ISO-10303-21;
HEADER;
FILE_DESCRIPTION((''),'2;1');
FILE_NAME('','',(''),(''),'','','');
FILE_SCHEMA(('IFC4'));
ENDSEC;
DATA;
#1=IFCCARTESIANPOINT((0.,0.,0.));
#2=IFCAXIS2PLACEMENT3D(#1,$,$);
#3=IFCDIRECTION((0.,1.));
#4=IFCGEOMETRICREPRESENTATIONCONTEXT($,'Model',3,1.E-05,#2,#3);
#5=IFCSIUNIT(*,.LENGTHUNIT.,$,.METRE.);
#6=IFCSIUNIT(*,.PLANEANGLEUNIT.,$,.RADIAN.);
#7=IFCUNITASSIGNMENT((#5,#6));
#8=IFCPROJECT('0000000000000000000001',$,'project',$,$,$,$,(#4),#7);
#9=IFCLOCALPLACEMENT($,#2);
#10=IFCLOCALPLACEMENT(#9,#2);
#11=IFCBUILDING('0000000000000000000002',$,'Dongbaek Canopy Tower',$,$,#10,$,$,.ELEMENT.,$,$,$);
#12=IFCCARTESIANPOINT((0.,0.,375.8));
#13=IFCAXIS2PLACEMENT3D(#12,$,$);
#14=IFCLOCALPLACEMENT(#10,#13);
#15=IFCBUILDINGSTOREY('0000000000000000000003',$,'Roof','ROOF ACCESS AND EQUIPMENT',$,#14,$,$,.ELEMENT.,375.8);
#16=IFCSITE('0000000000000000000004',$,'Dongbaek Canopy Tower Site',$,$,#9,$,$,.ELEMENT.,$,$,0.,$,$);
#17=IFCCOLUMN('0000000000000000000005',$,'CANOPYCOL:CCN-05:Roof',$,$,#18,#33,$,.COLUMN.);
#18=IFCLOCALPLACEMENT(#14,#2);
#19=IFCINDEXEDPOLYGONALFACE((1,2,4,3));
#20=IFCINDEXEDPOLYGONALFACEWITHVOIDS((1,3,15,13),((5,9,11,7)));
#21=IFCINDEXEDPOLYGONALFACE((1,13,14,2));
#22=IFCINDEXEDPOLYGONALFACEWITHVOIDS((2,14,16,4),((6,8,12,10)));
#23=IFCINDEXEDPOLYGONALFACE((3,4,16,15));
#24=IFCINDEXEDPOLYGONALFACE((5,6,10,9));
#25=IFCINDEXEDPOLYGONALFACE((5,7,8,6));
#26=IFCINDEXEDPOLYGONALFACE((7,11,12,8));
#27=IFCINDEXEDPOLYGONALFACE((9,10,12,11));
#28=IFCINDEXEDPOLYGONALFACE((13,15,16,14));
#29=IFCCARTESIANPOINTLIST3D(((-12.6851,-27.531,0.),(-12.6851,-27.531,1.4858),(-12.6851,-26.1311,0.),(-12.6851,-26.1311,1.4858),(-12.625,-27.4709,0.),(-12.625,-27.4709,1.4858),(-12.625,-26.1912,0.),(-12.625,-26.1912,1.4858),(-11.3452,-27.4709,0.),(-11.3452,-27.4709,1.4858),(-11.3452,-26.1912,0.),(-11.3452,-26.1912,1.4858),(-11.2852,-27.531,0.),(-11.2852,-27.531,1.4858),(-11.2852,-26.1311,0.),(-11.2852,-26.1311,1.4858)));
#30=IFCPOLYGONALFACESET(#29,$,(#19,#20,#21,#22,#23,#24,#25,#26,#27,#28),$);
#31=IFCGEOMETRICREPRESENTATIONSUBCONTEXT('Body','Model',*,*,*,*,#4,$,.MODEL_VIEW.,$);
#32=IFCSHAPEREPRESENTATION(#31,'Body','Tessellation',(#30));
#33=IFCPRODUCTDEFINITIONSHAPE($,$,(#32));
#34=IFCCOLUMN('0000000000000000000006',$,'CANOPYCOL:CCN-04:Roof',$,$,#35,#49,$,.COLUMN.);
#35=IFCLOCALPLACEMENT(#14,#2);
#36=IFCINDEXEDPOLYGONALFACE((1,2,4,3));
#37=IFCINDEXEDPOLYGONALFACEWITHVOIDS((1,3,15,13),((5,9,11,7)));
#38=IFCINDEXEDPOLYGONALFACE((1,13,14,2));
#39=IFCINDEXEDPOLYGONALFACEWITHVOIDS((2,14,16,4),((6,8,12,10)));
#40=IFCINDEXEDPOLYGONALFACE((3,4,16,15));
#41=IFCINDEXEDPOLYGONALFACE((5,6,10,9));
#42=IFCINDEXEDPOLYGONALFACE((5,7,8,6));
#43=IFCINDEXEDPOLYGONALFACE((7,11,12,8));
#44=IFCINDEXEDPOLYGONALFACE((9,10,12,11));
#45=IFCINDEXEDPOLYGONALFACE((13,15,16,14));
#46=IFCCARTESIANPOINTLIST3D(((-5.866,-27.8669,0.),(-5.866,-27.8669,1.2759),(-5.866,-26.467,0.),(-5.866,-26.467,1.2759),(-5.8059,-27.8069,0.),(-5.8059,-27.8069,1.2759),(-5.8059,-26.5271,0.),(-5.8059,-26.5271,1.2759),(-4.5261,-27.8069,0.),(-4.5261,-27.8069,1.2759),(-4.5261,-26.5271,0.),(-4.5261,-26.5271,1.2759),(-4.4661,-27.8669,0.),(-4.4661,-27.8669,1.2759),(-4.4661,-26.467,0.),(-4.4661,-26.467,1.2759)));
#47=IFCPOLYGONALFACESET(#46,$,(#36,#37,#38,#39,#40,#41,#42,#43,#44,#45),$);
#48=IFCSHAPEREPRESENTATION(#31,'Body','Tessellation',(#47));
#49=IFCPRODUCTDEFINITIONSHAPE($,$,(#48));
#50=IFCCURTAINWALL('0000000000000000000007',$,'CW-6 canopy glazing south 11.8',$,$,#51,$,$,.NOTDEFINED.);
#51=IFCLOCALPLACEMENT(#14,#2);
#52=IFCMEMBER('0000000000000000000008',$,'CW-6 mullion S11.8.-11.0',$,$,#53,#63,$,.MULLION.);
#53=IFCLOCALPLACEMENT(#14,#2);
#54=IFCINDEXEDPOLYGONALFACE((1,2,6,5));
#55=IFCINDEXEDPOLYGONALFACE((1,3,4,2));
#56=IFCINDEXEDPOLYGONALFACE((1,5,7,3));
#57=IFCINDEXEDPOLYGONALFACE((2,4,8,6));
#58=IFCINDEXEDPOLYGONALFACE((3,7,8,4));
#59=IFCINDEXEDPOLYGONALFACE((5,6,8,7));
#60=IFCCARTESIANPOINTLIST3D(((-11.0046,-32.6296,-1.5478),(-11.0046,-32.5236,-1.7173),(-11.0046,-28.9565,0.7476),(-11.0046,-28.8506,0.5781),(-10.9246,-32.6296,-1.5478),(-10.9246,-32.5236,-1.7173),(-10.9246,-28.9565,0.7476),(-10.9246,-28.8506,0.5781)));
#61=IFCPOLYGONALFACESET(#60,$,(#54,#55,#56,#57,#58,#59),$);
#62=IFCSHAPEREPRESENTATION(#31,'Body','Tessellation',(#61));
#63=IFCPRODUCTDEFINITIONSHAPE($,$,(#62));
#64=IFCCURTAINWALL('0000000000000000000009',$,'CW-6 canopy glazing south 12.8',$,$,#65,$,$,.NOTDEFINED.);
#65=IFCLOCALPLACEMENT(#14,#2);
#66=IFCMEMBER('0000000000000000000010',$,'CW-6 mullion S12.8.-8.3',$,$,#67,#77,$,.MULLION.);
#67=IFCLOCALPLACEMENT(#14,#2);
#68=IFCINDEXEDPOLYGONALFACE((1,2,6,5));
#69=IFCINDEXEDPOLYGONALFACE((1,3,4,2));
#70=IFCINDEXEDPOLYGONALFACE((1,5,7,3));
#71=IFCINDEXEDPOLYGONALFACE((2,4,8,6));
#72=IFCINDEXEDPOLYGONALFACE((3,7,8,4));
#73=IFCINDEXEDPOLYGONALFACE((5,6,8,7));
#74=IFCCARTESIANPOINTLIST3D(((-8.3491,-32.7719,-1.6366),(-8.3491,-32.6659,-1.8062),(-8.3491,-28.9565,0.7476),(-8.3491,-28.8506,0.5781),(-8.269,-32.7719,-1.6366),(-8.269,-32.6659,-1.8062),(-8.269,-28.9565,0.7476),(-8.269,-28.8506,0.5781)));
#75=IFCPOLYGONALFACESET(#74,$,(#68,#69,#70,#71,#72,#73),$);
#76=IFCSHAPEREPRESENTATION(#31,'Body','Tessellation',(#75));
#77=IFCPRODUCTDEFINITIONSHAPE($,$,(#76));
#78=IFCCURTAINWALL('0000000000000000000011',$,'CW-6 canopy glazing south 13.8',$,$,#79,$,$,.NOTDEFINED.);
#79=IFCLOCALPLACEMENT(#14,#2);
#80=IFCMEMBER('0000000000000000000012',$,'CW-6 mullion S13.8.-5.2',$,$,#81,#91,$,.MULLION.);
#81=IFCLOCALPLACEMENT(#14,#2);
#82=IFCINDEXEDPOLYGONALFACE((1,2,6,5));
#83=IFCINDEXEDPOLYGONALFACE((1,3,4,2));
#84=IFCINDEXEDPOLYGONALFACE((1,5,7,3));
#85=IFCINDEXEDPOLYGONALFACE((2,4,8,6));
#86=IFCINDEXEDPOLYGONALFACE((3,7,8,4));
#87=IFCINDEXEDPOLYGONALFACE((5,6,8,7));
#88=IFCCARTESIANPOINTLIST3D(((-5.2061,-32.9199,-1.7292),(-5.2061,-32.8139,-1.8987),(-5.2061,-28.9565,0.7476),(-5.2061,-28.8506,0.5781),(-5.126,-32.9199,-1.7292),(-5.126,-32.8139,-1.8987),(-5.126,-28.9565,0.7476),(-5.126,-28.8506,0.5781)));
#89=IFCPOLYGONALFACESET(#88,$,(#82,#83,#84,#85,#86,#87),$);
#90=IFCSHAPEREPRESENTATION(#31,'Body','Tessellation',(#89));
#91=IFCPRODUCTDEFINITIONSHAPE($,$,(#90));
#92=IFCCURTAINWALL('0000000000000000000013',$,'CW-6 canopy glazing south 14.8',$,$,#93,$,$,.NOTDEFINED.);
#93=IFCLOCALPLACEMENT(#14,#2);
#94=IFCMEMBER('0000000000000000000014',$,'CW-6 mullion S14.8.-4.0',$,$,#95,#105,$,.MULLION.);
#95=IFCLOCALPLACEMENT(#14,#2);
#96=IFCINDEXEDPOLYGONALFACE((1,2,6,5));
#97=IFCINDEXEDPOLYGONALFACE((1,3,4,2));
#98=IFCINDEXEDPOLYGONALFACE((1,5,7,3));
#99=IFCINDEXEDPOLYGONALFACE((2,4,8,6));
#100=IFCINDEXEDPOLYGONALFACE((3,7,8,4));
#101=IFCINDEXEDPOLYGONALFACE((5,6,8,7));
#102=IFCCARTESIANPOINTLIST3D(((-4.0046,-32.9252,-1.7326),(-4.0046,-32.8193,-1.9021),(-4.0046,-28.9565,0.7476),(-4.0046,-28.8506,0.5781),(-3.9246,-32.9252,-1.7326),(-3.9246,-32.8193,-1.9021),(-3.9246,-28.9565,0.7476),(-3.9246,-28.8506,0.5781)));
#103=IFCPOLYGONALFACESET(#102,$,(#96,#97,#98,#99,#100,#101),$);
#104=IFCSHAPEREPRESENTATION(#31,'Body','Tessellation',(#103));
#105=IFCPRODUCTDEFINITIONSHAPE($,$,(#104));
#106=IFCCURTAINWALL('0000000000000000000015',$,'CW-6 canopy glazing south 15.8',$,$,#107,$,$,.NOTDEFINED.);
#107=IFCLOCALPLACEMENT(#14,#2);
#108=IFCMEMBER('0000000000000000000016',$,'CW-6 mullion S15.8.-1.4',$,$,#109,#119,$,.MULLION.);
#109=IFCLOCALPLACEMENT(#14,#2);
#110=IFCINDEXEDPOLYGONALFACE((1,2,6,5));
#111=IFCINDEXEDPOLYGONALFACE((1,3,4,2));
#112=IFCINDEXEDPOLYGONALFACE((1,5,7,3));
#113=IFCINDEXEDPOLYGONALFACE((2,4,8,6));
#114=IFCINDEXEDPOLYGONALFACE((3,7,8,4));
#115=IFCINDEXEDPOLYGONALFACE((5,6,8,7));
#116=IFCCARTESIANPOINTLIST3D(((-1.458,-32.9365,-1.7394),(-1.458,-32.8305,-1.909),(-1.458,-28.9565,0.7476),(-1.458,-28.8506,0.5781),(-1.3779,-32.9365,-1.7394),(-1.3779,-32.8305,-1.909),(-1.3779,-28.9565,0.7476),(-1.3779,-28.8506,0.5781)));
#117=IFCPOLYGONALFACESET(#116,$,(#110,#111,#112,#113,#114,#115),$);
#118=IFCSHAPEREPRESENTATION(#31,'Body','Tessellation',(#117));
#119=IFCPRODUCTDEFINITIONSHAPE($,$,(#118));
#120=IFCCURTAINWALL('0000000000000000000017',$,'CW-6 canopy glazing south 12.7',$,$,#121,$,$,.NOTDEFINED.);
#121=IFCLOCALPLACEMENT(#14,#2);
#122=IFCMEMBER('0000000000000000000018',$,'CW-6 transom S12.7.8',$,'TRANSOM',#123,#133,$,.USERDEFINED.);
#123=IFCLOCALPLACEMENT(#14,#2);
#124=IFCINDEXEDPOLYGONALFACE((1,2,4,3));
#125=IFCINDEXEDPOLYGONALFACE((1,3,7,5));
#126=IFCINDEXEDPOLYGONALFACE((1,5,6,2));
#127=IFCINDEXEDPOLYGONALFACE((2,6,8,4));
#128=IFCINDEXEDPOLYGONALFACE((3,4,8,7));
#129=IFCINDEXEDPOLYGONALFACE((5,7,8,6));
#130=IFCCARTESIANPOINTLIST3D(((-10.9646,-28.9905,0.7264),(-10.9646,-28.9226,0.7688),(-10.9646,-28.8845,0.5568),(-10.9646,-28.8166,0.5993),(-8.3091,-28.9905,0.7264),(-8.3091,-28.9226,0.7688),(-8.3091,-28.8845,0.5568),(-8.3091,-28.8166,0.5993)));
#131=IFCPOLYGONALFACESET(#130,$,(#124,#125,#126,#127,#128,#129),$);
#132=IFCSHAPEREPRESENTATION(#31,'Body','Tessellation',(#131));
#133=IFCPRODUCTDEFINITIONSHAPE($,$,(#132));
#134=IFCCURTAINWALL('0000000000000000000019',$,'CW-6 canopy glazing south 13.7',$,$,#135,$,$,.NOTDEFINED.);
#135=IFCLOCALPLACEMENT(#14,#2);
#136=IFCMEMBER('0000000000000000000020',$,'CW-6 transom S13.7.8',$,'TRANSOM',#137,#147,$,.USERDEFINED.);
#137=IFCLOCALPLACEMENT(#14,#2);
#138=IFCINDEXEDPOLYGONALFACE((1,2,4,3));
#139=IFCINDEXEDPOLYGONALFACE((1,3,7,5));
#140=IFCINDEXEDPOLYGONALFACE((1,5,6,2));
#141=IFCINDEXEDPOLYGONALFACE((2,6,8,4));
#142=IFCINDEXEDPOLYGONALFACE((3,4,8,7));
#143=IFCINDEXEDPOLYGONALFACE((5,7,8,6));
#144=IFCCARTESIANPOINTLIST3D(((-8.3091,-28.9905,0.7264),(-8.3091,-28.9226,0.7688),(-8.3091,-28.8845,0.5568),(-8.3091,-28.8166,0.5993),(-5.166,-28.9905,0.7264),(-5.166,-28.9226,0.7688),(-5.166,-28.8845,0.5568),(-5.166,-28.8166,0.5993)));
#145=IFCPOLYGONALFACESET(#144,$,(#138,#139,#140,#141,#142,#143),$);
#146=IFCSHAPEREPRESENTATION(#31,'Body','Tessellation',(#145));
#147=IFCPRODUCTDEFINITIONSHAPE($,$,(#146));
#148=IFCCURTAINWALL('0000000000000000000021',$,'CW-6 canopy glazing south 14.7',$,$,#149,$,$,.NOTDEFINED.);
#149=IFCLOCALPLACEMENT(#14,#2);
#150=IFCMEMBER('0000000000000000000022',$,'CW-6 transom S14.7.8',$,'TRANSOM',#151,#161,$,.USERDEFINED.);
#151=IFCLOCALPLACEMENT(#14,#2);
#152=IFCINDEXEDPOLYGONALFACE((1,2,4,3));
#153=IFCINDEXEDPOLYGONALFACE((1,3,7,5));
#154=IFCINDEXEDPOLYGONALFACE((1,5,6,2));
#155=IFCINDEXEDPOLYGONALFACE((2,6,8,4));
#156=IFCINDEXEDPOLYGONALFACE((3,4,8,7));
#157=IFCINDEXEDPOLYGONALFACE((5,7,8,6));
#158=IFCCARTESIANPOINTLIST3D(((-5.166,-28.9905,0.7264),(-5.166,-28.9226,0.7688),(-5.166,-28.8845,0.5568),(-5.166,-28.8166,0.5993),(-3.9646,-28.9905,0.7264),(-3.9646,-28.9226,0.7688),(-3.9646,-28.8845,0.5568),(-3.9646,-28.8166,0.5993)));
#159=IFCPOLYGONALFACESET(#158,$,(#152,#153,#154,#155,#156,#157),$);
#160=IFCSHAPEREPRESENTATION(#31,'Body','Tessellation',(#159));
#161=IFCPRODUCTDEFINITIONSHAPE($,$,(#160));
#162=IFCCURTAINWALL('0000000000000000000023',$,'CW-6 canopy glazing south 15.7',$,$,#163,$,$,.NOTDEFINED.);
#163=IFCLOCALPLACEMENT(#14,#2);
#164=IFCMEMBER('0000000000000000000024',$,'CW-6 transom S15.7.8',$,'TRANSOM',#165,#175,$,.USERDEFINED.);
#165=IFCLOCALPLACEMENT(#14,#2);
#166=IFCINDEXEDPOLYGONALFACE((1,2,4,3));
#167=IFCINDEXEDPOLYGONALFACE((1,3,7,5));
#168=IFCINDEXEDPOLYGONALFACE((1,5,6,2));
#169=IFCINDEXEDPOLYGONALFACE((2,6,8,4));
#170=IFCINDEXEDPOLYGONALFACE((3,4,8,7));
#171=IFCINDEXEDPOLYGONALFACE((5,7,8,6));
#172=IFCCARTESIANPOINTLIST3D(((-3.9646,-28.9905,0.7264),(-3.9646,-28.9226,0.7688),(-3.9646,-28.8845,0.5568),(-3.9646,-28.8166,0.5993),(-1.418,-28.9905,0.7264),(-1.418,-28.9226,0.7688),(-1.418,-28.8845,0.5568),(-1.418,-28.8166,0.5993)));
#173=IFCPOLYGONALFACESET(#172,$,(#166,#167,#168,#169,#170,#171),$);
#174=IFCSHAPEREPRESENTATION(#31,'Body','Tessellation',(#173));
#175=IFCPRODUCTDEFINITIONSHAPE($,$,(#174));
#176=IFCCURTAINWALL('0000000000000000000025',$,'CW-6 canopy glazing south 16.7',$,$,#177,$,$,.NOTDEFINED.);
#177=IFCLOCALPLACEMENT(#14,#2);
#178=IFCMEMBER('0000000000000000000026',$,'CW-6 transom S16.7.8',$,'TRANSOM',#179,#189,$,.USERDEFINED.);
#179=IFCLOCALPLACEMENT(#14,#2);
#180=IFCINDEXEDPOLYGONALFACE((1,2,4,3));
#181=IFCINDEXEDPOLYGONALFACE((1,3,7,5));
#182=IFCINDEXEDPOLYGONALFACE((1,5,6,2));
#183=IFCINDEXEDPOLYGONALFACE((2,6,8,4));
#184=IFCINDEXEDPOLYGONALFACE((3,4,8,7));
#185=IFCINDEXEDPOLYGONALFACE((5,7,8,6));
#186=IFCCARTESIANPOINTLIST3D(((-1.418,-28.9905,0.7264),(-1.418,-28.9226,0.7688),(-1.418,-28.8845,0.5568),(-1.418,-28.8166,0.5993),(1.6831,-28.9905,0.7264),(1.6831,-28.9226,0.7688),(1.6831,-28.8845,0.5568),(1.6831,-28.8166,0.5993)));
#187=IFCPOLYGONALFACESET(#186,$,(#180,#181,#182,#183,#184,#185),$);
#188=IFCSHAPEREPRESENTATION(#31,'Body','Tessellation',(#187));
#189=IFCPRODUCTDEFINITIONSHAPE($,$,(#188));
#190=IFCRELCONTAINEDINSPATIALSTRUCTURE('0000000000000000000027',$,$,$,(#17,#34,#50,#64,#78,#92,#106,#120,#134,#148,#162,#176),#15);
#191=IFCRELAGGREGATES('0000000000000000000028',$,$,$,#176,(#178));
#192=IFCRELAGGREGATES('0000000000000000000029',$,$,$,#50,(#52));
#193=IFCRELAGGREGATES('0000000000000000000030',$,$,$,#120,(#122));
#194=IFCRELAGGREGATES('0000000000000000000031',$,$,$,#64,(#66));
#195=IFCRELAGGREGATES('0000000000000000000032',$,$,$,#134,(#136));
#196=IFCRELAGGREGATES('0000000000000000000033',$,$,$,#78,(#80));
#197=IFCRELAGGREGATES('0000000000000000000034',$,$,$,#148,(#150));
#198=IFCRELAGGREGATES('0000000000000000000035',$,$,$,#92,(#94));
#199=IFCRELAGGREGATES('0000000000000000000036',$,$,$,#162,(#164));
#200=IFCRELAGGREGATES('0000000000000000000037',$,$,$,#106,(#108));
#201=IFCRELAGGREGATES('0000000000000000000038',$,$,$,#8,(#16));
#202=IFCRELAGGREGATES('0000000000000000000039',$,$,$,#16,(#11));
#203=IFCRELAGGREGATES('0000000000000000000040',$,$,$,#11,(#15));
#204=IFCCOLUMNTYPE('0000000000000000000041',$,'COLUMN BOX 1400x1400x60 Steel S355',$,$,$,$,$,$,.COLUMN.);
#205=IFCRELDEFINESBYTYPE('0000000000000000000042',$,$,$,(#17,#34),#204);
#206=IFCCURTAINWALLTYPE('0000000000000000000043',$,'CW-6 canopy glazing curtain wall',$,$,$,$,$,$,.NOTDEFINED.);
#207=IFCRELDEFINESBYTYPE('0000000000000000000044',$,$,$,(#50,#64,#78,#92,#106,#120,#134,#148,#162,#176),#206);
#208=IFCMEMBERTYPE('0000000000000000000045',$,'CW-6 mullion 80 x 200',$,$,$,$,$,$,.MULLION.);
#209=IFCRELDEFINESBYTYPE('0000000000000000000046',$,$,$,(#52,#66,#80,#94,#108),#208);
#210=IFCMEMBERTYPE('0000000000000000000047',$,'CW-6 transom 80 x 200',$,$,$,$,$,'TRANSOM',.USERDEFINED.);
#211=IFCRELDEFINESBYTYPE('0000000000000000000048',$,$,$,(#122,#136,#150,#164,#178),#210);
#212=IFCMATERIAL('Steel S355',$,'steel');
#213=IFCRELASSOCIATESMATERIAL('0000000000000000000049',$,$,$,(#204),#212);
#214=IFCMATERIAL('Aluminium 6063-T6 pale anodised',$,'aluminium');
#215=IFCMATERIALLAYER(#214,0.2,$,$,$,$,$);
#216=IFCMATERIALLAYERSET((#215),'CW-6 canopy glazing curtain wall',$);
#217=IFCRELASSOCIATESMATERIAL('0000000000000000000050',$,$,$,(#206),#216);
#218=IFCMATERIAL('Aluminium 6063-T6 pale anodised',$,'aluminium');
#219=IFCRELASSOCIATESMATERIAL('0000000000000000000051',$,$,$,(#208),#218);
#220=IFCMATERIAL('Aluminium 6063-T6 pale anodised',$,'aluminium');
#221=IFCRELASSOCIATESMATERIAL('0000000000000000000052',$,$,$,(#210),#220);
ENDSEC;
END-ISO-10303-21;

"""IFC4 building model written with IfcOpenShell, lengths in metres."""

from ifc_helpers import new_model, si_unit, direction, frame, origin, origin_2d, place, context, subcontext, project, spatial, rectangle, hollow_rectangle, extrude, material, layer, layer_set, material_profile, profile_set, type_object, element, aggregate, save


model = new_model("IFC4")

# Units and contexts
model_context = context("Model", 3, precision=1e-05, world=origin(), true_north=direction((0.0, 1.0)))
body_context = subcontext(model_context, "Body", "Model", "MODEL_VIEW")
ifc_project = project(units=[si_unit("LENGTHUNIT", "METRE"), si_unit("PLANEANGLEUNIT", "RADIAN")], contexts=[model_context])

# Site, building, storey
site_placement = place(None, origin())
site = spatial("IfcSite", under=ifc_project, at=site_placement, Name="Dongbaek Canopy Tower Site", CompositionType="ELEMENT", RefElevation=0.0)
building_placement = place(site_placement, origin())
building = spatial("IfcBuilding", under=site, at=building_placement, Name="Dongbaek Canopy Tower", CompositionType="ELEMENT")
storey_placement = place(building_placement, frame((0.0, 0.0, 375.8)))
storey = spatial("IfcBuildingStorey", under=building, at=storey_placement, Name="Roof", Description="ROOF ACCESS AND EQUIPMENT", CompositionType="ELEMENT", Elevation=375.8)

# Columns
ifc_material_1 = material(Name="Steel S355", Category="steel")
ifc_material_profile_1 = material_profile(ifc_material_1, hollow_rectangle(XDim=1.3999, YDim=1.3999, WallThickness=0.0601, at=origin_2d()), Name="COLUMN BOX 1400x1400x60 Steel S355")
ifc_profile_set_1 = profile_set([ifc_material_profile_1], Name="Steel S355")
column_type = type_object("IfcColumnType", Name="COLUMN BOX 1400x1400x60 Steel S355", PredefinedType="COLUMN", material=ifc_profile_set_1)
column_1_placement = place(storey_placement, frame((-11.9851, -26.8311, 0.0), z_axis=(0.0, 0.0, 1.0), x_axis=(1.0, 0.0, 0.0)))
element("IfcColumn", 1, at=column_1_placement, inside=storey, type_object=column_type, Name="CANOPYCOL:CCN-05:Roof", PredefinedType="COLUMN", context=body_context, shape_type="SweptSolid", body=[
    extrude(hollow_rectangle(XDim=1.3999, YDim=1.3999, WallThickness=0.0601, at=origin_2d()), origin(), (0.0, 0.0, 1.0), 1.4858),
])
column_2_placement = place(storey_placement, frame((-5.166, -27.167, 0.0), z_axis=(0.0, 0.0, 1.0), x_axis=(1.0, 0.0, 0.0)))
element("IfcColumn", 2, at=column_2_placement, inside=storey, type_object=column_type, Name="CANOPYCOL:CCN-04:Roof", PredefinedType="COLUMN", context=body_context, shape_type="SweptSolid", body=[
    extrude(hollow_rectangle(XDim=1.3999, YDim=1.3999, WallThickness=0.0601, at=origin_2d()), origin(), (0.0, 0.0, 1.0), 1.2759),
])

# Curtain walls, members
ifc_material_2 = material(Name="Aluminium 6063-T6 pale anodised", Category="aluminium")
ifc_layer_1 = layer(ifc_material_2, 0.2)
ifc_layer_set_1 = layer_set([ifc_layer_1], Name="CW-6 canopy glazing curtain wall")
curtain_wall_type = type_object("IfcCurtainWallType", Name="CW-6 canopy glazing curtain wall", PredefinedType="NOTDEFINED", material=ifc_layer_set_1)
curtain_wall_1_placement = place(storey_placement, origin())
curtain_wall_1 = element("IfcCurtainWall", 3, at=curtain_wall_1_placement, inside=storey, type_object=curtain_wall_type, Name="CW-6 canopy glazing south 11.8", PredefinedType="NOTDEFINED")
ifc_material_3 = material(Name="Aluminium 6063-T6 pale anodised", Category="aluminium")
ifc_material_profile_2 = material_profile(ifc_material_3, rectangle(XDim=0.0801, YDim=0.2, at=origin_2d()), Name="CW-6 mullion 80 x 200")
ifc_profile_set_2 = profile_set([ifc_material_profile_2], Name="Aluminium 6063-T6 pale anodised")
member_type_1 = type_object("IfcMemberType", Name="CW-6 mullion 80 x 200", PredefinedType="MULLION", material=ifc_profile_set_2)
member_1_placement = place(storey_placement, frame((-10.9646, -28.9036, 0.6628), z_axis=(0.0, -0.848027, -0.529953), x_axis=(1.0, 0.0, 0.0)))
member_1 = element("IfcMember", 4, at=member_1_placement, type_object=member_type_1, Name="CW-6 mullion S11.8.-11.0", PredefinedType="MULLION", context=body_context, shape_type="SweptSolid", body=[
    extrude(rectangle(XDim=0.0801, YDim=0.2, at=origin_2d()), origin(), (0.0, 0.0, 1.0), 4.3313),
])
curtain_wall_2_placement = place(storey_placement, origin())
curtain_wall_2 = element("IfcCurtainWall", 5, at=curtain_wall_2_placement, inside=storey, type_object=curtain_wall_type, Name="CW-6 canopy glazing south 12.8", PredefinedType="NOTDEFINED")
member_2_placement = place(storey_placement, frame((-8.3091, -28.9036, 0.6628), z_axis=(0.0, -0.848035, -0.52994), x_axis=(1.0, 0.0, 0.0)))
member_2 = element("IfcMember", 6, at=member_2_placement, type_object=member_type_1, Name="CW-6 mullion S12.8.-8.3", PredefinedType="MULLION", context=body_context, shape_type="SweptSolid", body=[
    extrude(rectangle(XDim=0.0801, YDim=0.2, at=origin_2d()), origin(), (0.0, 0.0, 1.0), 4.499),
])
curtain_wall_3_placement = place(storey_placement, origin())
curtain_wall_3 = element("IfcCurtainWall", 7, at=curtain_wall_3_placement, inside=storey, type_object=curtain_wall_type, Name="CW-6 canopy glazing south 13.8", PredefinedType="NOTDEFINED")
member_3_placement = place(storey_placement, frame((-5.166, -28.9036, 0.6628), z_axis=(0.0, -0.848028, -0.529952), x_axis=(1.0, 0.0, 0.0)))
member_3 = element("IfcMember", 8, at=member_3_placement, type_object=member_type_1, Name="CW-6 mullion S13.8.-5.2", PredefinedType="MULLION", context=body_context, shape_type="SweptSolid", body=[
    extrude(rectangle(XDim=0.0801, YDim=0.2, at=origin_2d()), origin(), (0.0, 0.0, 1.0), 4.6736),
])
curtain_wall_4_placement = place(storey_placement, origin())
curtain_wall_4 = element("IfcCurtainWall", 9, at=curtain_wall_4_placement, inside=storey, type_object=curtain_wall_type, Name="CW-6 canopy glazing south 14.8", PredefinedType="NOTDEFINED")
member_4_placement = place(storey_placement, frame((-3.9646, -28.9036, 0.6628), z_axis=(0.0, -0.848022, -0.529961), x_axis=(1.0, 0.0, 0.0)))
member_4 = element("IfcMember", 10, at=member_4_placement, type_object=member_type_1, Name="CW-6 mullion S14.8.-4.0", PredefinedType="MULLION", context=body_context, shape_type="SweptSolid", body=[
    extrude(rectangle(XDim=0.0801, YDim=0.2, at=origin_2d()), origin(), (0.0, 0.0, 1.0), 4.6799),
])
curtain_wall_5_placement = place(storey_placement, origin())
curtain_wall_5 = element("IfcCurtainWall", 11, at=curtain_wall_5_placement, inside=storey, type_object=curtain_wall_type, Name="CW-6 canopy glazing south 15.8", PredefinedType="NOTDEFINED")
member_5_placement = place(storey_placement, frame((-1.418, -28.9036, 0.6628), z_axis=(0.0, -0.848039, -0.529933), x_axis=(1.0, 0.0, 0.0)))
member_5 = element("IfcMember", 12, at=member_5_placement, type_object=member_type_1, Name="CW-6 mullion S15.8.-1.4", PredefinedType="MULLION", context=body_context, shape_type="SweptSolid", body=[
    extrude(rectangle(XDim=0.0801, YDim=0.2, at=origin_2d()), origin(), (0.0, 0.0, 1.0), 4.6931),
])
curtain_wall_6_placement = place(storey_placement, origin())
curtain_wall_6 = element("IfcCurtainWall", 13, at=curtain_wall_6_placement, inside=storey, type_object=curtain_wall_type, Name="CW-6 canopy glazing south 12.7", PredefinedType="NOTDEFINED")
ifc_material_4 = material(Name="Aluminium 6063-T6 pale anodised", Category="aluminium")
ifc_material_profile_3 = material_profile(ifc_material_4, rectangle(XDim=0.0801, YDim=0.2, at=origin_2d()), Name="CW-6 transom 80 x 200")
ifc_profile_set_3 = profile_set([ifc_material_profile_3], Name="Aluminium 6063-T6 pale anodised")
member_type_2 = type_object("IfcMemberType", Name="CW-6 transom 80 x 200", ElementType="TRANSOM", PredefinedType="USERDEFINED", material=ifc_profile_set_3)
member_6_placement = place(storey_placement, frame((-10.9646, -28.9036, 0.6628), z_axis=(1.0, 0.0, 0.0), x_axis=(0.0, 0.848048, 0.529919)))
member_6 = element("IfcMember", 14, at=member_6_placement, type_object=member_type_2, Name="CW-6 transom S12.7.8", ObjectType="TRANSOM", PredefinedType="USERDEFINED", context=body_context, shape_type="SweptSolid", body=[
    extrude(rectangle(XDim=0.0801, YDim=0.2, at=origin_2d()), origin(), (0.0, 0.0, 1.0), 2.6555),
])
curtain_wall_7_placement = place(storey_placement, origin())
curtain_wall_7 = element("IfcCurtainWall", 15, at=curtain_wall_7_placement, inside=storey, type_object=curtain_wall_type, Name="CW-6 canopy glazing south 13.7", PredefinedType="NOTDEFINED")
member_7_placement = place(storey_placement, frame((-8.3091, -28.9036, 0.6628), z_axis=(1.0, 0.0, 0.0), x_axis=(0.0, 0.848048, 0.529919)))
member_7 = element("IfcMember", 16, at=member_7_placement, type_object=member_type_2, Name="CW-6 transom S13.7.8", ObjectType="TRANSOM", PredefinedType="USERDEFINED", context=body_context, shape_type="SweptSolid", body=[
    extrude(rectangle(XDim=0.0801, YDim=0.2, at=origin_2d()), origin(), (0.0, 0.0, 1.0), 3.1431),
])
curtain_wall_8_placement = place(storey_placement, origin())
curtain_wall_8 = element("IfcCurtainWall", 17, at=curtain_wall_8_placement, inside=storey, type_object=curtain_wall_type, Name="CW-6 canopy glazing south 14.7", PredefinedType="NOTDEFINED")
member_8_placement = place(storey_placement, frame((-5.166, -28.9036, 0.6628), z_axis=(1.0, 0.0, 0.0), x_axis=(0.0, 0.848048, 0.529919)))
member_8 = element("IfcMember", 18, at=member_8_placement, type_object=member_type_2, Name="CW-6 transom S14.7.8", ObjectType="TRANSOM", PredefinedType="USERDEFINED", context=body_context, shape_type="SweptSolid", body=[
    extrude(rectangle(XDim=0.0801, YDim=0.2, at=origin_2d()), origin(), (0.0, 0.0, 1.0), 1.2014),
])
curtain_wall_9_placement = place(storey_placement, origin())
curtain_wall_9 = element("IfcCurtainWall", 19, at=curtain_wall_9_placement, inside=storey, type_object=curtain_wall_type, Name="CW-6 canopy glazing south 15.7", PredefinedType="NOTDEFINED")
member_9_placement = place(storey_placement, frame((-3.9646, -28.9036, 0.6628), z_axis=(1.0, 0.0, 0.0), x_axis=(0.0, 0.848048, 0.529919)))
member_9 = element("IfcMember", 20, at=member_9_placement, type_object=member_type_2, Name="CW-6 transom S15.7.8", ObjectType="TRANSOM", PredefinedType="USERDEFINED", context=body_context, shape_type="SweptSolid", body=[
    extrude(rectangle(XDim=0.0801, YDim=0.2, at=origin_2d()), origin(), (0.0, 0.0, 1.0), 2.5466),
])
curtain_wall_10_placement = place(storey_placement, origin())
curtain_wall_10 = element("IfcCurtainWall", 21, at=curtain_wall_10_placement, inside=storey, type_object=curtain_wall_type, Name="CW-6 canopy glazing south 16.7", PredefinedType="NOTDEFINED")
member_10_placement = place(storey_placement, frame((-1.418, -28.9036, 0.6628), z_axis=(1.0, 0.0, 0.0), x_axis=(0.0, 0.848048, 0.529919)))
member_10 = element("IfcMember", 22, at=member_10_placement, type_object=member_type_2, Name="CW-6 transom S16.7.8", ObjectType="TRANSOM", PredefinedType="USERDEFINED", context=body_context, shape_type="SweptSolid", body=[
    extrude(rectangle(XDim=0.0801, YDim=0.2, at=origin_2d()), origin(), (0.0, 0.0, 1.0), 3.1011),
])
aggregate(curtain_wall_10, [member_10])

aggregate(curtain_wall_1, [member_1])
aggregate(curtain_wall_6, [member_6])
aggregate(curtain_wall_2, [member_2])
aggregate(curtain_wall_7, [member_7])
aggregate(curtain_wall_3, [member_3])
aggregate(curtain_wall_8, [member_8])
aggregate(curtain_wall_4, [member_4])
aggregate(curtain_wall_9, [member_9])
aggregate(curtain_wall_5, [member_5])

save(model, "model.ifc")
